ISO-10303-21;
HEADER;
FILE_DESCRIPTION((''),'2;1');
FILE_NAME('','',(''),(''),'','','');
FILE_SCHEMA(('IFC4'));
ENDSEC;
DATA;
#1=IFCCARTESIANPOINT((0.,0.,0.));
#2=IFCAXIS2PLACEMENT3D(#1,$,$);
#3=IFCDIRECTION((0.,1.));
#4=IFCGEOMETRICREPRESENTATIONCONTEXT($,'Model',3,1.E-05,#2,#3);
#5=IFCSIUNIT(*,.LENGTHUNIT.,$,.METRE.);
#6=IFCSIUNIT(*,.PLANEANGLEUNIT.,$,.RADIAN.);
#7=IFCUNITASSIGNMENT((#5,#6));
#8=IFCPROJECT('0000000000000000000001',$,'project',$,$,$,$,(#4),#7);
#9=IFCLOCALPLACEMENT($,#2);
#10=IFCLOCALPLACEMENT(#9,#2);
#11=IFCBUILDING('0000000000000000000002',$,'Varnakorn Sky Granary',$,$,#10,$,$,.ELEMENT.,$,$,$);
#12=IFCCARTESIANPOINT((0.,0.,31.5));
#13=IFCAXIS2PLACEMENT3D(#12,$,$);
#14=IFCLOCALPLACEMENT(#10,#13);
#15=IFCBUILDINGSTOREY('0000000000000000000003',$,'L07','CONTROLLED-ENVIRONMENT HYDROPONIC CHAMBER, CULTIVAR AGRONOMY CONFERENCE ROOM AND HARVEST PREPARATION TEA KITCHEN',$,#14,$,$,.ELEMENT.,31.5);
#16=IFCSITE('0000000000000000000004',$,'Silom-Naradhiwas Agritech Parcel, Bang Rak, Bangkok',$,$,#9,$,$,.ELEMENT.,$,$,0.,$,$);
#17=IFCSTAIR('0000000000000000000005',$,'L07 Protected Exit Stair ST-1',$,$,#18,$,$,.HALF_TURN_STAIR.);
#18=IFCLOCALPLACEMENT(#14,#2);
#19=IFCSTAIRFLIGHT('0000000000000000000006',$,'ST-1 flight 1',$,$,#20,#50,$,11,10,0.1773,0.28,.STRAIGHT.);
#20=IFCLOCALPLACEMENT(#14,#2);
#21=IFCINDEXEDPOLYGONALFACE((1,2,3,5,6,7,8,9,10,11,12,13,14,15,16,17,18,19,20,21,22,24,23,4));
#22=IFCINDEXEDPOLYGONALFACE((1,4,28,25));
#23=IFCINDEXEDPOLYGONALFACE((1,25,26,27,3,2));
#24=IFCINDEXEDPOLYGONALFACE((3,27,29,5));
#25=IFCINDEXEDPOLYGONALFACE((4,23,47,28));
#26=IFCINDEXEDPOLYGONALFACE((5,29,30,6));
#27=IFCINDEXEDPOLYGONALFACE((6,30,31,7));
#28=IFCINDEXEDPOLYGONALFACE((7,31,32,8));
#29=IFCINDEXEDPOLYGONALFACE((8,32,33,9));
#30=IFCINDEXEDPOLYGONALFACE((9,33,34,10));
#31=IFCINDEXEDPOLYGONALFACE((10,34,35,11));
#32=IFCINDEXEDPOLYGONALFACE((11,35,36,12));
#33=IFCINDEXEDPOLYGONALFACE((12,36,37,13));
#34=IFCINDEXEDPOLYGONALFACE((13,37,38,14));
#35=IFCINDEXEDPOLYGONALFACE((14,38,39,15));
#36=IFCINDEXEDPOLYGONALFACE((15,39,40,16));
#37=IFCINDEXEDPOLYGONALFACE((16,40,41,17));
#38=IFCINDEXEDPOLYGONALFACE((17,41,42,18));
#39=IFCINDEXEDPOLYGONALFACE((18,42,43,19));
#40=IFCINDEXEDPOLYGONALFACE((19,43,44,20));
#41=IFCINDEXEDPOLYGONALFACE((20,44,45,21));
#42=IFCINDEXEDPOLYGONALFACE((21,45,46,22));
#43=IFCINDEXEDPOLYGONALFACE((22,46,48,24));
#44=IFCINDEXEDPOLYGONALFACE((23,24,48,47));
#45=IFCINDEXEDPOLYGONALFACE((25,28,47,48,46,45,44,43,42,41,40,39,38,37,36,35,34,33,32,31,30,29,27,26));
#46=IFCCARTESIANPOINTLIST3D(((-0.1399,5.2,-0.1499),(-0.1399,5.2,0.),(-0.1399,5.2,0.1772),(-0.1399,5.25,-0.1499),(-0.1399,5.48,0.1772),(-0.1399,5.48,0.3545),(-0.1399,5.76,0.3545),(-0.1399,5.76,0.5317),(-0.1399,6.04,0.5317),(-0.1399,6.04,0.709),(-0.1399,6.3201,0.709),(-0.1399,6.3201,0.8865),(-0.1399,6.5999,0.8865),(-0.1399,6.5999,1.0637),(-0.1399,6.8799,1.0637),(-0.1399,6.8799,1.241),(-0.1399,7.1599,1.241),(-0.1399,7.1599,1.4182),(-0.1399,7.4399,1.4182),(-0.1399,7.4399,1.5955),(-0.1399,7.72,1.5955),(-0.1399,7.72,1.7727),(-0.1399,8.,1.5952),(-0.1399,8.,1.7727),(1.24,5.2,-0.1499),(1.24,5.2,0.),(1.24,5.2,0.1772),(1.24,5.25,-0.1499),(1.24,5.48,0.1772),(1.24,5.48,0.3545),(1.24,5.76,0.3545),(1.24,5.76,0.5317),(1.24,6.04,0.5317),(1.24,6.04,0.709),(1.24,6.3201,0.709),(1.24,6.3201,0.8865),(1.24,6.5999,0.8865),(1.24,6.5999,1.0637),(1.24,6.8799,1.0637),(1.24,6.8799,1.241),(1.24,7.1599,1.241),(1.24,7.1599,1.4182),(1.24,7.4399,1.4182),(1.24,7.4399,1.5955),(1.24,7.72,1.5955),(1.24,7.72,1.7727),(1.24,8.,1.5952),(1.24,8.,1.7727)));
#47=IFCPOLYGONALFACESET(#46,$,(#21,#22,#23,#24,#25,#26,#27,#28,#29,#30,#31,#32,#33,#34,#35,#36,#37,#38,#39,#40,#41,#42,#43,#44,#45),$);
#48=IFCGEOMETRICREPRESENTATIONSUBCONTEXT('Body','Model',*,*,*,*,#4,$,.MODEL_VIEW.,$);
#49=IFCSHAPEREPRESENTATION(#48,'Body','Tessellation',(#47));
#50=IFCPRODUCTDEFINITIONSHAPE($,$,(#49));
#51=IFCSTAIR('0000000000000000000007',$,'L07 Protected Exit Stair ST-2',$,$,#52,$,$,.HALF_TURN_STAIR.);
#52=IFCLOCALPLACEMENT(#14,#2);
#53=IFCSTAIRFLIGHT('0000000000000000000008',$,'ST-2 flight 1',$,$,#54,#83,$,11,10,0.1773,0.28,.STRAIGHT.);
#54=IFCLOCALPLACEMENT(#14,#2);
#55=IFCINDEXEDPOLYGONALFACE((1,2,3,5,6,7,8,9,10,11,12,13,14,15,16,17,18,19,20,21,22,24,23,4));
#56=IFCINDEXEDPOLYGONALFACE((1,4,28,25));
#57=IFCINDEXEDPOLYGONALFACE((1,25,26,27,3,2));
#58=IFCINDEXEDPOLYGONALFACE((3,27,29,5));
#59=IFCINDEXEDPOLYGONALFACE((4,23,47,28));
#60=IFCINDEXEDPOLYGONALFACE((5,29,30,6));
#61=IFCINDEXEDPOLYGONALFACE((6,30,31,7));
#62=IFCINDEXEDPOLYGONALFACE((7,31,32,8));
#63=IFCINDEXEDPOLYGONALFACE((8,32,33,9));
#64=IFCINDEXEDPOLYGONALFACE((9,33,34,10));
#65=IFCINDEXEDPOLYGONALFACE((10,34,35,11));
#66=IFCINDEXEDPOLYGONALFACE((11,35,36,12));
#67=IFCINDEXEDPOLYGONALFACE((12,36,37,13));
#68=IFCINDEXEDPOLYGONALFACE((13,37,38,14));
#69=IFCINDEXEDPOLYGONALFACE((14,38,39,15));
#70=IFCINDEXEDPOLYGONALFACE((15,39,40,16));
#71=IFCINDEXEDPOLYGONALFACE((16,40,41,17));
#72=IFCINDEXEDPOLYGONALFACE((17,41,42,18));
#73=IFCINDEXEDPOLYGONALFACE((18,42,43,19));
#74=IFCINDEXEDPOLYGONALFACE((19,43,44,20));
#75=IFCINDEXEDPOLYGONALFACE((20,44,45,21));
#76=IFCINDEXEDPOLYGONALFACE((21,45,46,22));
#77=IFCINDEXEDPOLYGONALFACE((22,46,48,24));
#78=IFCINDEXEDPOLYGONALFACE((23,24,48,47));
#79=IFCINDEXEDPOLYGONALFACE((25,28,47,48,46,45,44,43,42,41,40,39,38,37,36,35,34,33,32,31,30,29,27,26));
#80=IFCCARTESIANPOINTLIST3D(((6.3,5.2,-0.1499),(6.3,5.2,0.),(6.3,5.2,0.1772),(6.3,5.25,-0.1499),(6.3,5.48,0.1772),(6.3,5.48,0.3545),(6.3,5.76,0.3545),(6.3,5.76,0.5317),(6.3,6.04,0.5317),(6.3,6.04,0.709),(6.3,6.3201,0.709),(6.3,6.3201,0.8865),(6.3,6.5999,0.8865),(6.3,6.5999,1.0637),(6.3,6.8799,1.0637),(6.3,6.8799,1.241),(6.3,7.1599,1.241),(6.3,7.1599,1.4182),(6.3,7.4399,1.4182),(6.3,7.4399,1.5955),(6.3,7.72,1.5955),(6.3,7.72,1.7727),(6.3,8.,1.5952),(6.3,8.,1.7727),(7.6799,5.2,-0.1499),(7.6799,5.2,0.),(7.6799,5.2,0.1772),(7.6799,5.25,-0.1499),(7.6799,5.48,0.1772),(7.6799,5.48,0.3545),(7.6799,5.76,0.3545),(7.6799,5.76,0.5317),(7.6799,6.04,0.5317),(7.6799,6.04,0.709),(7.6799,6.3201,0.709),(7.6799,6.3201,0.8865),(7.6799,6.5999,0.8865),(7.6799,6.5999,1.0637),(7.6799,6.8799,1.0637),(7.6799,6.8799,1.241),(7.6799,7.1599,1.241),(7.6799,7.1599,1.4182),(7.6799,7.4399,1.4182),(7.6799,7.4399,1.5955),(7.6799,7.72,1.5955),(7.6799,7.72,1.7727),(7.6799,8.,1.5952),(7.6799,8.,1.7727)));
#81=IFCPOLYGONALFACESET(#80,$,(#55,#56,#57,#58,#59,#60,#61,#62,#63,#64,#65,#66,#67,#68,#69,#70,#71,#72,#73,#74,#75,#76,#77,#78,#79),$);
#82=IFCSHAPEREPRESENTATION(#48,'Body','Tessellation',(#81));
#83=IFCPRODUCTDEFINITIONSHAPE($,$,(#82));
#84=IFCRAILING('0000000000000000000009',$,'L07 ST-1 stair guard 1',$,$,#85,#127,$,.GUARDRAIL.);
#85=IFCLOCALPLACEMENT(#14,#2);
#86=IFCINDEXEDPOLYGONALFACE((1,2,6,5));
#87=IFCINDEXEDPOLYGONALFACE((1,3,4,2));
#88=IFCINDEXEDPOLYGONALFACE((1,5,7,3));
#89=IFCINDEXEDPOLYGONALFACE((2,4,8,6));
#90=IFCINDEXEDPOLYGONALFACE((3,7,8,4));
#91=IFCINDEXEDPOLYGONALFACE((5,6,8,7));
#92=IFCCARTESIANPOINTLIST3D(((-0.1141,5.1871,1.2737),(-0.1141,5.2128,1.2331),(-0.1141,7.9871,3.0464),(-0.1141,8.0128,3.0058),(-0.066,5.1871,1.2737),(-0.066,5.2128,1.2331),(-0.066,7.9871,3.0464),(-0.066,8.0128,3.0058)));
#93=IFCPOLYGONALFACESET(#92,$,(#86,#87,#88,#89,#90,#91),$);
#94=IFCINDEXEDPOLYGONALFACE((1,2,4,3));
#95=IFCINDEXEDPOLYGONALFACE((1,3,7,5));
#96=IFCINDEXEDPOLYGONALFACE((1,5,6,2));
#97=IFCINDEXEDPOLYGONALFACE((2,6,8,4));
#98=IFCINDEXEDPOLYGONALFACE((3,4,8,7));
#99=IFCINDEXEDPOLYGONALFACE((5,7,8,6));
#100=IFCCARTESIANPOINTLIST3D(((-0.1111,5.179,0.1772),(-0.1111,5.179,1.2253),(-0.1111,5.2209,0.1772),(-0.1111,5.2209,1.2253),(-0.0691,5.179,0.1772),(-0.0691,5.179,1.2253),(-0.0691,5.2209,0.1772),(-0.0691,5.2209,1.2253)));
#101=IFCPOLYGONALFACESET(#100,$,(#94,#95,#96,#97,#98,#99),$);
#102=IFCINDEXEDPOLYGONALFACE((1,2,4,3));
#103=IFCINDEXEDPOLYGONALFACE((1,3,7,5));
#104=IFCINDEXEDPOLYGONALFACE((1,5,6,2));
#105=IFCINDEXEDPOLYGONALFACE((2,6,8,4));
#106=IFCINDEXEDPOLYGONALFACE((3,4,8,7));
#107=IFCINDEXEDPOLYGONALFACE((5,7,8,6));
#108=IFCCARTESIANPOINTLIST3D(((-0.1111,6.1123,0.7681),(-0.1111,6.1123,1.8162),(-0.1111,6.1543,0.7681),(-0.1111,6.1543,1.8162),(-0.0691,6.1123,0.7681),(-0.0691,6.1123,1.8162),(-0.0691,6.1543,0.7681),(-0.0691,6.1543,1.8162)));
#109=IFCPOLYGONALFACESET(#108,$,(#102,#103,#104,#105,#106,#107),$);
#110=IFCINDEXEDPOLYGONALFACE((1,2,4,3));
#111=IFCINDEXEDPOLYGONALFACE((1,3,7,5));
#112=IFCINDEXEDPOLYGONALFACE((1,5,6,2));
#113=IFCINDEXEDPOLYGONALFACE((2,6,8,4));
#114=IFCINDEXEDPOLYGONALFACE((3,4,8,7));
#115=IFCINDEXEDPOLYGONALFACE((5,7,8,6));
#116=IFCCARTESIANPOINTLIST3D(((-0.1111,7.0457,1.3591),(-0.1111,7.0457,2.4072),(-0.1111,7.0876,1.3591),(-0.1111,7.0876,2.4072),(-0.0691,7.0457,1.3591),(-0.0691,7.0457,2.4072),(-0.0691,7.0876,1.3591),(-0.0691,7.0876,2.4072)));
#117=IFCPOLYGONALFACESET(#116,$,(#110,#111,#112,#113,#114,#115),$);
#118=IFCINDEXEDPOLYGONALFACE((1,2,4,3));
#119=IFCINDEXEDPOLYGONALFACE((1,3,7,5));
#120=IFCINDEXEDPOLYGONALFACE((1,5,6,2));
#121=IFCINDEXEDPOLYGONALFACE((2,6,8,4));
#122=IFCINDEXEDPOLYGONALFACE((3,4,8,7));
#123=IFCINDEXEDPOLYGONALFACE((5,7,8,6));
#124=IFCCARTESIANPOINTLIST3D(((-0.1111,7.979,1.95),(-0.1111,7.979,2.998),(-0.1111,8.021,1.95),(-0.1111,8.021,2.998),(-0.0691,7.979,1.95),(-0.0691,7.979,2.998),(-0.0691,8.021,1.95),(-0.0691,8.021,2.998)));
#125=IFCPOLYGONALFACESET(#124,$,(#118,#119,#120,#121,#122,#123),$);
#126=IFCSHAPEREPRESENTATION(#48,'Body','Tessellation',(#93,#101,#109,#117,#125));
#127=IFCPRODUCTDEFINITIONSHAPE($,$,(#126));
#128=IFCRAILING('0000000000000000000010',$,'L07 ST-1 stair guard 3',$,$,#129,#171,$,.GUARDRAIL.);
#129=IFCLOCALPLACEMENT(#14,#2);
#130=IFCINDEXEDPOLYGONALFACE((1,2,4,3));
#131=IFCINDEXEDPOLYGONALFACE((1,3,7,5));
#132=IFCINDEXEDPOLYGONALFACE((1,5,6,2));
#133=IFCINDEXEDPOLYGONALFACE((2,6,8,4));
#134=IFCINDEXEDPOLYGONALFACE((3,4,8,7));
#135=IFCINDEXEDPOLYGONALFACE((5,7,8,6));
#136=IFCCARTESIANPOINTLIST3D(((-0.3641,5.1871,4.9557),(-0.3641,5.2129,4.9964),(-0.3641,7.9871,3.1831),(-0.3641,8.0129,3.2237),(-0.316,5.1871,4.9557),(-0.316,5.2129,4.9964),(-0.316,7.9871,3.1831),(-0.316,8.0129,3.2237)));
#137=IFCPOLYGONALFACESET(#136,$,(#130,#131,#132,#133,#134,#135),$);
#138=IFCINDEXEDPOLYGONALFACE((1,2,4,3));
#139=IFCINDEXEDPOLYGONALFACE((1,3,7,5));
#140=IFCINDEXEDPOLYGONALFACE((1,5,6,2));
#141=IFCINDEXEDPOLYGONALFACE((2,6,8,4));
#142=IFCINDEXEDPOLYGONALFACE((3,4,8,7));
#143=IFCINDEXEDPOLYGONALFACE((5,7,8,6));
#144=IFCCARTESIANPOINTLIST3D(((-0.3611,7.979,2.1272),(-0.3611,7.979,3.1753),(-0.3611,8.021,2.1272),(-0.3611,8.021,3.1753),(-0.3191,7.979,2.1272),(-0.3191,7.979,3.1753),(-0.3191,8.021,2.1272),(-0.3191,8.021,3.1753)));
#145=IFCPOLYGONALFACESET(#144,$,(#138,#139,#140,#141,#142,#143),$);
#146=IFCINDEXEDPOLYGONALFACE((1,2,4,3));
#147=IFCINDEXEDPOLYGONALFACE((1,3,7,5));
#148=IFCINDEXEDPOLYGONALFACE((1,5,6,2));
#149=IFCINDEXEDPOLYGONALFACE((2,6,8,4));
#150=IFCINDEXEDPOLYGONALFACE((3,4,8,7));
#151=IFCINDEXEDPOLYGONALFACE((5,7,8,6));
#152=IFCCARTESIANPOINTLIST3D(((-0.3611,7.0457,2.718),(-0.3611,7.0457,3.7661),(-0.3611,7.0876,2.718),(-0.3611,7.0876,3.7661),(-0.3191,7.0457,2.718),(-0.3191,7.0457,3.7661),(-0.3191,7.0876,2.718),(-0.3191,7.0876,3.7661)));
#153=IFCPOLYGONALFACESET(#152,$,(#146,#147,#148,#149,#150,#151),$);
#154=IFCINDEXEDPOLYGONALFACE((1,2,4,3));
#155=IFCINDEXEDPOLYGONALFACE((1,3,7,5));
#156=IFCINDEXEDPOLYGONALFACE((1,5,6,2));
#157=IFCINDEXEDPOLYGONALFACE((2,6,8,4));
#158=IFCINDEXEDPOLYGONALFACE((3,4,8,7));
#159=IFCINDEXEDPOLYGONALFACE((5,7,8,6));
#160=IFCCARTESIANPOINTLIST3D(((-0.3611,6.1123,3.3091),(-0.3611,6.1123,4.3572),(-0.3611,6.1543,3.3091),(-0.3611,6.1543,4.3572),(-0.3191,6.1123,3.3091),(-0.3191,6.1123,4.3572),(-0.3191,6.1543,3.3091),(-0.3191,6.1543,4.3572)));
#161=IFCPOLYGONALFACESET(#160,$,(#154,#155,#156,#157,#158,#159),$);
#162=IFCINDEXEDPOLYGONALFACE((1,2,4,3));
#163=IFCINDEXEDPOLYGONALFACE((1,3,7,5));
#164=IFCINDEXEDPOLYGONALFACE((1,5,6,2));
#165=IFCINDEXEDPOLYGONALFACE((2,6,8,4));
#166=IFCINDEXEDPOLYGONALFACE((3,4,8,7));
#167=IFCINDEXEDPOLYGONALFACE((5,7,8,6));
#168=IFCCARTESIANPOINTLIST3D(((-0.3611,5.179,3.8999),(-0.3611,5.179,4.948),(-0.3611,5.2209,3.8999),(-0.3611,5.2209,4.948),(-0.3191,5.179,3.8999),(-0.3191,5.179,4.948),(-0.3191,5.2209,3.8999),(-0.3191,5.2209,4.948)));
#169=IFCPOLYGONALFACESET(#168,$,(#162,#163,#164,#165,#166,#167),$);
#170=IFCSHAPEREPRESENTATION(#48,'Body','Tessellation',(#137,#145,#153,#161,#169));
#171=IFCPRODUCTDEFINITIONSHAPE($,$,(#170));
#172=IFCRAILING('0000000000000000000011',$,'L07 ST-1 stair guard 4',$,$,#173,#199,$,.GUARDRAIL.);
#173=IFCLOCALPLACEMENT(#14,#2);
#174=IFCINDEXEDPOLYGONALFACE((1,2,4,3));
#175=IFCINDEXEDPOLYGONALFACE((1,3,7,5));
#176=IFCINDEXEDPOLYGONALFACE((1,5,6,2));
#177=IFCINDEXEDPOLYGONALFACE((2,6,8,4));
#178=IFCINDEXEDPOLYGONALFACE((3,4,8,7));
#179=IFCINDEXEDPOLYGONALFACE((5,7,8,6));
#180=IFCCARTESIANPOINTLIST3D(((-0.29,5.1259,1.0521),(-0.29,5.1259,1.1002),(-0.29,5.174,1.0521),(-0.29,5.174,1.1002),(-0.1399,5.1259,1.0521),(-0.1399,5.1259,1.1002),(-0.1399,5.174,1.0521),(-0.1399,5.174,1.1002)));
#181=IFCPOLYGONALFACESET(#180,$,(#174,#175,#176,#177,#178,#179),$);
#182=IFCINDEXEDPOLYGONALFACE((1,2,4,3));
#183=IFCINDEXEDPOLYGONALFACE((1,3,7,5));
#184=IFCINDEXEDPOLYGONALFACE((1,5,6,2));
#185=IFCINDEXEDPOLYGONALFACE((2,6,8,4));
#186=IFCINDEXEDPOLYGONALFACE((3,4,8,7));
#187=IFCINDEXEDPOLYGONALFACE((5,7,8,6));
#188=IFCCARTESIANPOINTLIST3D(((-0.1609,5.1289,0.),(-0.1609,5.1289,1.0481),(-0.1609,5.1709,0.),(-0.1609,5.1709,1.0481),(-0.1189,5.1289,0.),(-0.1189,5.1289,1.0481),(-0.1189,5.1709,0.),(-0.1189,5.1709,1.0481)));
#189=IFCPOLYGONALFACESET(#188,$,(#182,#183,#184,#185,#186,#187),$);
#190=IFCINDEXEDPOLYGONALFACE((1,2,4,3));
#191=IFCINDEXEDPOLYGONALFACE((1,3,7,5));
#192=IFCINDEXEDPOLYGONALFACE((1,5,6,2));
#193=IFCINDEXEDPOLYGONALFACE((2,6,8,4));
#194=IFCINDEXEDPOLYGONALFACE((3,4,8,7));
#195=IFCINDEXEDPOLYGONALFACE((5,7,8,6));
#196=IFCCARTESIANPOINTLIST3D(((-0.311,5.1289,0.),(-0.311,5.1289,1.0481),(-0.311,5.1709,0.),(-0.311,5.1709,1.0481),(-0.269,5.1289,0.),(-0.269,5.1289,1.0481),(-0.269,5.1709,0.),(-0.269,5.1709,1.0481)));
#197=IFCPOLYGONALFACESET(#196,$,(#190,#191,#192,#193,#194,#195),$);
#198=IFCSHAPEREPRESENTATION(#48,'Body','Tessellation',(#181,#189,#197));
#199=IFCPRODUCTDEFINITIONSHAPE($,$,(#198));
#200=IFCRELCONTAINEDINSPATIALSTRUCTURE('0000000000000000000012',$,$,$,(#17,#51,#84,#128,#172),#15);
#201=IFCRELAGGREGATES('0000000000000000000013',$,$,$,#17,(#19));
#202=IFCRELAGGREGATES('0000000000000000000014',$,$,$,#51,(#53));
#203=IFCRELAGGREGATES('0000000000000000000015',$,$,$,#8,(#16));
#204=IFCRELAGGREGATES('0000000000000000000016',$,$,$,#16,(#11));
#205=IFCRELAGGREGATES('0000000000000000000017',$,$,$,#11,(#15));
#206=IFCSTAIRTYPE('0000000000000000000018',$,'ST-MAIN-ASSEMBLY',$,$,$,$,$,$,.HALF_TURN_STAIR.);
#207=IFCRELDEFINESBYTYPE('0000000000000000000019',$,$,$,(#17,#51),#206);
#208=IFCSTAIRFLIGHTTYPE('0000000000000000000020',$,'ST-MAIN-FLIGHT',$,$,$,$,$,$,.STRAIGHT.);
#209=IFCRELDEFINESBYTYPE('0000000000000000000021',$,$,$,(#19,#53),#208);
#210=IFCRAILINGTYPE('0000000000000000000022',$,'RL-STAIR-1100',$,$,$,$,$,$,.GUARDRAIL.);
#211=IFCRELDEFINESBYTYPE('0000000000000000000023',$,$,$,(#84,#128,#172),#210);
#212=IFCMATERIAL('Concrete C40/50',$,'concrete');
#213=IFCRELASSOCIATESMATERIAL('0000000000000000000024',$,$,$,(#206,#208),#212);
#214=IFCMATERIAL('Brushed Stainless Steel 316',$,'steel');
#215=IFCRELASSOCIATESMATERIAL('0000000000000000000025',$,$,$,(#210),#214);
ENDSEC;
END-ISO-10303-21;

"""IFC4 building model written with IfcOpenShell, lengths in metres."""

from ifc_helpers import new_model, si_unit, direction, frame, origin, origin_2d, place, context, subcontext, project, spatial, polyline, rectangle, outline, extrude, material, type_object, element, aggregate, save


model = new_model("IFC4")

# Units and contexts
model_context = context("Model", 3, precision=1e-05, world=origin(), true_north=direction((0.0, 1.0)))
body_context = subcontext(model_context, "Body", "Model", "MODEL_VIEW")
ifc_project = project(units=[si_unit("LENGTHUNIT", "METRE"), si_unit("PLANEANGLEUNIT", "RADIAN")], contexts=[model_context])

# Site, building, storey
site_placement = place(None, origin())
site = spatial("IfcSite", under=ifc_project, at=site_placement, Name="Silom-Naradhiwas Agritech Parcel, Bang Rak, Bangkok", CompositionType="ELEMENT", RefElevation=0.0)
building_placement = place(site_placement, origin())
building = spatial("IfcBuilding", under=site, at=building_placement, Name="Varnakorn Sky Granary", CompositionType="ELEMENT")
storey_placement = place(building_placement, frame((0.0, 0.0, 31.5)))
storey = spatial("IfcBuildingStorey", under=building, at=storey_placement, Name="L07", Description="CONTROLLED-ENVIRONMENT HYDROPONIC CHAMBER, CULTIVAR AGRONOMY CONFERENCE ROOM AND HARVEST PREPARATION TEA KITCHEN", CompositionType="ELEMENT", Elevation=31.5)

# Stairs, stair flights
ifc_material_1 = material(Name="Concrete C40/50", Category="concrete")
stair_type = type_object("IfcStairType", Name="ST-MAIN-ASSEMBLY", PredefinedType="HALF_TURN_STAIR", material=ifc_material_1)
stair_1_placement = place(storey_placement, origin())
stair_1 = element("IfcStair", 1, at=stair_1_placement, inside=storey, type_object=stair_type, Name="L07 Protected Exit Stair ST-1", PredefinedType="HALF_TURN_STAIR")
stair_flight_type = type_object("IfcStairFlightType", Name="ST-MAIN-FLIGHT", PredefinedType="STRAIGHT", material=ifc_material_1)
stair_flight_1_placement = place(storey_placement, frame((0.55, 5.2, 0.0), z_axis=(0.0, 0.0, 1.0), x_axis=(0.0, 1.0, 0.0)))
stair_flight_1 = element("IfcStairFlight", 2, at=stair_flight_1_placement, type_object=stair_flight_type, Name="ST-1 flight 1", NumberOfRisers=11, NumberOfTreads=10, PredefinedType="STRAIGHT", RiserHeight=0.1773, TreadLength=0.28, context=body_context, shape_type="SweptSolid", body=[
    extrude(outline(polyline([(0.0, -0.1499), (0.0, 0.0), (0.0, 0.1772), (0.28, 0.1772), (0.28, 0.3545), (0.5601, 0.3545), (0.5601, 0.5317), (0.8401, 0.5317), (0.8401, 0.709), (1.1201, 0.709), (1.1201, 0.8865), (1.3999, 0.8865), (1.3999, 1.0637), (1.6799, 1.0637), (1.6799, 1.241), (1.96, 1.241), (1.96, 1.4182), (2.24, 1.4182), (2.24, 1.5955), (2.52, 1.5955), (2.52, 1.7727), (2.8, 1.7727), (2.8, 1.95), (2.8, 1.5952), (0.05, -0.1499), (0.0, -0.1499)])), frame((0.0, 0.6899, 0.0), z_axis=(0.0, -1.0, 0.0), x_axis=(1.0, 0.0, 0.0)), (0.0, 0.0, 1.0), 1.3799),
])
aggregate(stair_1, [stair_flight_1])
stair_2_placement = place(storey_placement, origin())
stair_2 = element("IfcStair", 3, at=stair_2_placement, inside=storey, type_object=stair_type, Name="L07 Protected Exit Stair ST-2", PredefinedType="HALF_TURN_STAIR")
stair_flight_2_placement = place(storey_placement, frame((6.99, 5.2, 0.0), z_axis=(0.0, 0.0, 1.0), x_axis=(0.0, 1.0, 0.0)))
stair_flight_2 = element("IfcStairFlight", 4, at=stair_flight_2_placement, type_object=stair_flight_type, Name="ST-2 flight 1", NumberOfRisers=11, NumberOfTreads=10, PredefinedType="STRAIGHT", RiserHeight=0.1773, TreadLength=0.28, context=body_context, shape_type="SweptSolid", body=[
    extrude(outline(polyline([(0.0, -0.1499), (0.0, 0.0), (0.0, 0.1772), (0.28, 0.1772), (0.28, 0.3545), (0.5601, 0.3545), (0.5601, 0.5317), (0.8401, 0.5317), (0.8401, 0.709), (1.1201, 0.709), (1.1201, 0.8865), (1.3999, 0.8865), (1.3999, 1.0637), (1.6799, 1.0637), (1.6799, 1.241), (1.96, 1.241), (1.96, 1.4182), (2.24, 1.4182), (2.24, 1.5955), (2.52, 1.5955), (2.52, 1.7727), (2.8, 1.7727), (2.8, 1.95), (2.8, 1.5952), (0.05, -0.1499), (0.0, -0.1499)])), frame((0.0, 0.6899, 0.0), z_axis=(0.0, -1.0, 0.0), x_axis=(1.0, 0.0, 0.0)), (0.0, 0.0, 1.0), 1.3799),
])
aggregate(stair_2, [stair_flight_2])

# Railings
ifc_material_2 = material(Name="Brushed Stainless Steel 316", Category="steel")
railing_type_1 = type_object("IfcRailingType", Name="RL-STAIR-1100", PredefinedType="GUARDRAIL", material=ifc_material_2)
railing_1_placement = place(storey_placement, frame((-0.0901, 5.2, 0.1772)))
element("IfcRailing", 5, at=railing_1_placement, inside=storey, type_object=railing_type_1, Name="L07 ST-1 stair guard 1", PredefinedType="GUARDRAIL", context=body_context, shape_type="SweptSolid", body=[
    extrude(rectangle(XDim=0.0481, YDim=0.0481, at=origin_2d()), frame((0.0, 0.0, 1.0762), z_axis=(0.0, 0.844909, 0.53491), x_axis=(-1.0, 0.0, 0.0)), (0.0, 0.0, 1.0), 3.314),
    extrude(rectangle(XDim=0.042, YDim=0.042, at=origin_2d()), origin(), (0.0, 0.0, 1.0), 1.0481),
    extrude(rectangle(XDim=0.042, YDim=0.042, at=origin_2d()), frame((0.0, 0.9333, 0.5908)), (0.0, 0.0, 1.0), 1.0481),
    extrude(rectangle(XDim=0.042, YDim=0.042, at=origin_2d()), frame((0.0, 1.8667, 1.1819)), (0.0, 0.0, 1.0), 1.0481),
    extrude(rectangle(XDim=0.042, YDim=0.042, at=origin_2d()), frame((0.0, 2.8, 1.7727)), (0.0, 0.0, 1.0), 1.0481),
])
railing_2_placement = place(storey_placement, frame((-0.3401, 8.0, 2.1272)))
element("IfcRailing", 6, at=railing_2_placement, inside=storey, type_object=railing_type_1, Name="L07 ST-1 stair guard 3", PredefinedType="GUARDRAIL", context=body_context, shape_type="SweptSolid", body=[
    extrude(rectangle(XDim=0.0481, YDim=0.0481, at=origin_2d()), frame((0.0, 0.0, 1.0762), z_axis=(0.0, -0.844909, 0.53491), x_axis=(1.0, 0.0, 0.0)), (0.0, 0.0, 1.0), 3.314),
    extrude(rectangle(XDim=0.042, YDim=0.042, at=origin_2d()), origin(), (0.0, 0.0, 1.0), 1.0481),
    extrude(rectangle(XDim=0.042, YDim=0.042, at=origin_2d()), frame((0.0, -0.9333, 0.5908)), (0.0, 0.0, 1.0), 1.0481),
    extrude(rectangle(XDim=0.042, YDim=0.042, at=origin_2d()), frame((0.0, -1.8667, 1.1819)), (0.0, 0.0, 1.0), 1.0481),
    extrude(rectangle(XDim=0.042, YDim=0.042, at=origin_2d()), frame((0.0, -2.8, 1.7727)), (0.0, 0.0, 1.0), 1.0481),
])
railing_3_placement = place(storey_placement, frame((-0.1399, 5.1499, 0.0)))
element("IfcRailing", 7, at=railing_3_placement, inside=storey, type_object=railing_type_1, Name="L07 ST-1 stair guard 4", PredefinedType="GUARDRAIL", context=body_context, shape_type="SweptSolid", body=[
    extrude(rectangle(XDim=0.0481, YDim=0.0481, at=origin_2d()), frame((0.0, 0.0, 1.0762), z_axis=(-1.0, 0.0, 0.0), x_axis=(0.0, -1.0, 0.0)), (0.0, 0.0, 1.0), 0.1501),
    extrude(rectangle(XDim=0.042, YDim=0.042, at=origin_2d()), origin(), (0.0, 0.0, 1.0), 1.0481),
    extrude(rectangle(XDim=0.042, YDim=0.042, at=origin_2d()), frame((-0.1501, 0.0, 0.0)), (0.0, 0.0, 1.0), 1.0481),
])

save(model, "model.ifc")
